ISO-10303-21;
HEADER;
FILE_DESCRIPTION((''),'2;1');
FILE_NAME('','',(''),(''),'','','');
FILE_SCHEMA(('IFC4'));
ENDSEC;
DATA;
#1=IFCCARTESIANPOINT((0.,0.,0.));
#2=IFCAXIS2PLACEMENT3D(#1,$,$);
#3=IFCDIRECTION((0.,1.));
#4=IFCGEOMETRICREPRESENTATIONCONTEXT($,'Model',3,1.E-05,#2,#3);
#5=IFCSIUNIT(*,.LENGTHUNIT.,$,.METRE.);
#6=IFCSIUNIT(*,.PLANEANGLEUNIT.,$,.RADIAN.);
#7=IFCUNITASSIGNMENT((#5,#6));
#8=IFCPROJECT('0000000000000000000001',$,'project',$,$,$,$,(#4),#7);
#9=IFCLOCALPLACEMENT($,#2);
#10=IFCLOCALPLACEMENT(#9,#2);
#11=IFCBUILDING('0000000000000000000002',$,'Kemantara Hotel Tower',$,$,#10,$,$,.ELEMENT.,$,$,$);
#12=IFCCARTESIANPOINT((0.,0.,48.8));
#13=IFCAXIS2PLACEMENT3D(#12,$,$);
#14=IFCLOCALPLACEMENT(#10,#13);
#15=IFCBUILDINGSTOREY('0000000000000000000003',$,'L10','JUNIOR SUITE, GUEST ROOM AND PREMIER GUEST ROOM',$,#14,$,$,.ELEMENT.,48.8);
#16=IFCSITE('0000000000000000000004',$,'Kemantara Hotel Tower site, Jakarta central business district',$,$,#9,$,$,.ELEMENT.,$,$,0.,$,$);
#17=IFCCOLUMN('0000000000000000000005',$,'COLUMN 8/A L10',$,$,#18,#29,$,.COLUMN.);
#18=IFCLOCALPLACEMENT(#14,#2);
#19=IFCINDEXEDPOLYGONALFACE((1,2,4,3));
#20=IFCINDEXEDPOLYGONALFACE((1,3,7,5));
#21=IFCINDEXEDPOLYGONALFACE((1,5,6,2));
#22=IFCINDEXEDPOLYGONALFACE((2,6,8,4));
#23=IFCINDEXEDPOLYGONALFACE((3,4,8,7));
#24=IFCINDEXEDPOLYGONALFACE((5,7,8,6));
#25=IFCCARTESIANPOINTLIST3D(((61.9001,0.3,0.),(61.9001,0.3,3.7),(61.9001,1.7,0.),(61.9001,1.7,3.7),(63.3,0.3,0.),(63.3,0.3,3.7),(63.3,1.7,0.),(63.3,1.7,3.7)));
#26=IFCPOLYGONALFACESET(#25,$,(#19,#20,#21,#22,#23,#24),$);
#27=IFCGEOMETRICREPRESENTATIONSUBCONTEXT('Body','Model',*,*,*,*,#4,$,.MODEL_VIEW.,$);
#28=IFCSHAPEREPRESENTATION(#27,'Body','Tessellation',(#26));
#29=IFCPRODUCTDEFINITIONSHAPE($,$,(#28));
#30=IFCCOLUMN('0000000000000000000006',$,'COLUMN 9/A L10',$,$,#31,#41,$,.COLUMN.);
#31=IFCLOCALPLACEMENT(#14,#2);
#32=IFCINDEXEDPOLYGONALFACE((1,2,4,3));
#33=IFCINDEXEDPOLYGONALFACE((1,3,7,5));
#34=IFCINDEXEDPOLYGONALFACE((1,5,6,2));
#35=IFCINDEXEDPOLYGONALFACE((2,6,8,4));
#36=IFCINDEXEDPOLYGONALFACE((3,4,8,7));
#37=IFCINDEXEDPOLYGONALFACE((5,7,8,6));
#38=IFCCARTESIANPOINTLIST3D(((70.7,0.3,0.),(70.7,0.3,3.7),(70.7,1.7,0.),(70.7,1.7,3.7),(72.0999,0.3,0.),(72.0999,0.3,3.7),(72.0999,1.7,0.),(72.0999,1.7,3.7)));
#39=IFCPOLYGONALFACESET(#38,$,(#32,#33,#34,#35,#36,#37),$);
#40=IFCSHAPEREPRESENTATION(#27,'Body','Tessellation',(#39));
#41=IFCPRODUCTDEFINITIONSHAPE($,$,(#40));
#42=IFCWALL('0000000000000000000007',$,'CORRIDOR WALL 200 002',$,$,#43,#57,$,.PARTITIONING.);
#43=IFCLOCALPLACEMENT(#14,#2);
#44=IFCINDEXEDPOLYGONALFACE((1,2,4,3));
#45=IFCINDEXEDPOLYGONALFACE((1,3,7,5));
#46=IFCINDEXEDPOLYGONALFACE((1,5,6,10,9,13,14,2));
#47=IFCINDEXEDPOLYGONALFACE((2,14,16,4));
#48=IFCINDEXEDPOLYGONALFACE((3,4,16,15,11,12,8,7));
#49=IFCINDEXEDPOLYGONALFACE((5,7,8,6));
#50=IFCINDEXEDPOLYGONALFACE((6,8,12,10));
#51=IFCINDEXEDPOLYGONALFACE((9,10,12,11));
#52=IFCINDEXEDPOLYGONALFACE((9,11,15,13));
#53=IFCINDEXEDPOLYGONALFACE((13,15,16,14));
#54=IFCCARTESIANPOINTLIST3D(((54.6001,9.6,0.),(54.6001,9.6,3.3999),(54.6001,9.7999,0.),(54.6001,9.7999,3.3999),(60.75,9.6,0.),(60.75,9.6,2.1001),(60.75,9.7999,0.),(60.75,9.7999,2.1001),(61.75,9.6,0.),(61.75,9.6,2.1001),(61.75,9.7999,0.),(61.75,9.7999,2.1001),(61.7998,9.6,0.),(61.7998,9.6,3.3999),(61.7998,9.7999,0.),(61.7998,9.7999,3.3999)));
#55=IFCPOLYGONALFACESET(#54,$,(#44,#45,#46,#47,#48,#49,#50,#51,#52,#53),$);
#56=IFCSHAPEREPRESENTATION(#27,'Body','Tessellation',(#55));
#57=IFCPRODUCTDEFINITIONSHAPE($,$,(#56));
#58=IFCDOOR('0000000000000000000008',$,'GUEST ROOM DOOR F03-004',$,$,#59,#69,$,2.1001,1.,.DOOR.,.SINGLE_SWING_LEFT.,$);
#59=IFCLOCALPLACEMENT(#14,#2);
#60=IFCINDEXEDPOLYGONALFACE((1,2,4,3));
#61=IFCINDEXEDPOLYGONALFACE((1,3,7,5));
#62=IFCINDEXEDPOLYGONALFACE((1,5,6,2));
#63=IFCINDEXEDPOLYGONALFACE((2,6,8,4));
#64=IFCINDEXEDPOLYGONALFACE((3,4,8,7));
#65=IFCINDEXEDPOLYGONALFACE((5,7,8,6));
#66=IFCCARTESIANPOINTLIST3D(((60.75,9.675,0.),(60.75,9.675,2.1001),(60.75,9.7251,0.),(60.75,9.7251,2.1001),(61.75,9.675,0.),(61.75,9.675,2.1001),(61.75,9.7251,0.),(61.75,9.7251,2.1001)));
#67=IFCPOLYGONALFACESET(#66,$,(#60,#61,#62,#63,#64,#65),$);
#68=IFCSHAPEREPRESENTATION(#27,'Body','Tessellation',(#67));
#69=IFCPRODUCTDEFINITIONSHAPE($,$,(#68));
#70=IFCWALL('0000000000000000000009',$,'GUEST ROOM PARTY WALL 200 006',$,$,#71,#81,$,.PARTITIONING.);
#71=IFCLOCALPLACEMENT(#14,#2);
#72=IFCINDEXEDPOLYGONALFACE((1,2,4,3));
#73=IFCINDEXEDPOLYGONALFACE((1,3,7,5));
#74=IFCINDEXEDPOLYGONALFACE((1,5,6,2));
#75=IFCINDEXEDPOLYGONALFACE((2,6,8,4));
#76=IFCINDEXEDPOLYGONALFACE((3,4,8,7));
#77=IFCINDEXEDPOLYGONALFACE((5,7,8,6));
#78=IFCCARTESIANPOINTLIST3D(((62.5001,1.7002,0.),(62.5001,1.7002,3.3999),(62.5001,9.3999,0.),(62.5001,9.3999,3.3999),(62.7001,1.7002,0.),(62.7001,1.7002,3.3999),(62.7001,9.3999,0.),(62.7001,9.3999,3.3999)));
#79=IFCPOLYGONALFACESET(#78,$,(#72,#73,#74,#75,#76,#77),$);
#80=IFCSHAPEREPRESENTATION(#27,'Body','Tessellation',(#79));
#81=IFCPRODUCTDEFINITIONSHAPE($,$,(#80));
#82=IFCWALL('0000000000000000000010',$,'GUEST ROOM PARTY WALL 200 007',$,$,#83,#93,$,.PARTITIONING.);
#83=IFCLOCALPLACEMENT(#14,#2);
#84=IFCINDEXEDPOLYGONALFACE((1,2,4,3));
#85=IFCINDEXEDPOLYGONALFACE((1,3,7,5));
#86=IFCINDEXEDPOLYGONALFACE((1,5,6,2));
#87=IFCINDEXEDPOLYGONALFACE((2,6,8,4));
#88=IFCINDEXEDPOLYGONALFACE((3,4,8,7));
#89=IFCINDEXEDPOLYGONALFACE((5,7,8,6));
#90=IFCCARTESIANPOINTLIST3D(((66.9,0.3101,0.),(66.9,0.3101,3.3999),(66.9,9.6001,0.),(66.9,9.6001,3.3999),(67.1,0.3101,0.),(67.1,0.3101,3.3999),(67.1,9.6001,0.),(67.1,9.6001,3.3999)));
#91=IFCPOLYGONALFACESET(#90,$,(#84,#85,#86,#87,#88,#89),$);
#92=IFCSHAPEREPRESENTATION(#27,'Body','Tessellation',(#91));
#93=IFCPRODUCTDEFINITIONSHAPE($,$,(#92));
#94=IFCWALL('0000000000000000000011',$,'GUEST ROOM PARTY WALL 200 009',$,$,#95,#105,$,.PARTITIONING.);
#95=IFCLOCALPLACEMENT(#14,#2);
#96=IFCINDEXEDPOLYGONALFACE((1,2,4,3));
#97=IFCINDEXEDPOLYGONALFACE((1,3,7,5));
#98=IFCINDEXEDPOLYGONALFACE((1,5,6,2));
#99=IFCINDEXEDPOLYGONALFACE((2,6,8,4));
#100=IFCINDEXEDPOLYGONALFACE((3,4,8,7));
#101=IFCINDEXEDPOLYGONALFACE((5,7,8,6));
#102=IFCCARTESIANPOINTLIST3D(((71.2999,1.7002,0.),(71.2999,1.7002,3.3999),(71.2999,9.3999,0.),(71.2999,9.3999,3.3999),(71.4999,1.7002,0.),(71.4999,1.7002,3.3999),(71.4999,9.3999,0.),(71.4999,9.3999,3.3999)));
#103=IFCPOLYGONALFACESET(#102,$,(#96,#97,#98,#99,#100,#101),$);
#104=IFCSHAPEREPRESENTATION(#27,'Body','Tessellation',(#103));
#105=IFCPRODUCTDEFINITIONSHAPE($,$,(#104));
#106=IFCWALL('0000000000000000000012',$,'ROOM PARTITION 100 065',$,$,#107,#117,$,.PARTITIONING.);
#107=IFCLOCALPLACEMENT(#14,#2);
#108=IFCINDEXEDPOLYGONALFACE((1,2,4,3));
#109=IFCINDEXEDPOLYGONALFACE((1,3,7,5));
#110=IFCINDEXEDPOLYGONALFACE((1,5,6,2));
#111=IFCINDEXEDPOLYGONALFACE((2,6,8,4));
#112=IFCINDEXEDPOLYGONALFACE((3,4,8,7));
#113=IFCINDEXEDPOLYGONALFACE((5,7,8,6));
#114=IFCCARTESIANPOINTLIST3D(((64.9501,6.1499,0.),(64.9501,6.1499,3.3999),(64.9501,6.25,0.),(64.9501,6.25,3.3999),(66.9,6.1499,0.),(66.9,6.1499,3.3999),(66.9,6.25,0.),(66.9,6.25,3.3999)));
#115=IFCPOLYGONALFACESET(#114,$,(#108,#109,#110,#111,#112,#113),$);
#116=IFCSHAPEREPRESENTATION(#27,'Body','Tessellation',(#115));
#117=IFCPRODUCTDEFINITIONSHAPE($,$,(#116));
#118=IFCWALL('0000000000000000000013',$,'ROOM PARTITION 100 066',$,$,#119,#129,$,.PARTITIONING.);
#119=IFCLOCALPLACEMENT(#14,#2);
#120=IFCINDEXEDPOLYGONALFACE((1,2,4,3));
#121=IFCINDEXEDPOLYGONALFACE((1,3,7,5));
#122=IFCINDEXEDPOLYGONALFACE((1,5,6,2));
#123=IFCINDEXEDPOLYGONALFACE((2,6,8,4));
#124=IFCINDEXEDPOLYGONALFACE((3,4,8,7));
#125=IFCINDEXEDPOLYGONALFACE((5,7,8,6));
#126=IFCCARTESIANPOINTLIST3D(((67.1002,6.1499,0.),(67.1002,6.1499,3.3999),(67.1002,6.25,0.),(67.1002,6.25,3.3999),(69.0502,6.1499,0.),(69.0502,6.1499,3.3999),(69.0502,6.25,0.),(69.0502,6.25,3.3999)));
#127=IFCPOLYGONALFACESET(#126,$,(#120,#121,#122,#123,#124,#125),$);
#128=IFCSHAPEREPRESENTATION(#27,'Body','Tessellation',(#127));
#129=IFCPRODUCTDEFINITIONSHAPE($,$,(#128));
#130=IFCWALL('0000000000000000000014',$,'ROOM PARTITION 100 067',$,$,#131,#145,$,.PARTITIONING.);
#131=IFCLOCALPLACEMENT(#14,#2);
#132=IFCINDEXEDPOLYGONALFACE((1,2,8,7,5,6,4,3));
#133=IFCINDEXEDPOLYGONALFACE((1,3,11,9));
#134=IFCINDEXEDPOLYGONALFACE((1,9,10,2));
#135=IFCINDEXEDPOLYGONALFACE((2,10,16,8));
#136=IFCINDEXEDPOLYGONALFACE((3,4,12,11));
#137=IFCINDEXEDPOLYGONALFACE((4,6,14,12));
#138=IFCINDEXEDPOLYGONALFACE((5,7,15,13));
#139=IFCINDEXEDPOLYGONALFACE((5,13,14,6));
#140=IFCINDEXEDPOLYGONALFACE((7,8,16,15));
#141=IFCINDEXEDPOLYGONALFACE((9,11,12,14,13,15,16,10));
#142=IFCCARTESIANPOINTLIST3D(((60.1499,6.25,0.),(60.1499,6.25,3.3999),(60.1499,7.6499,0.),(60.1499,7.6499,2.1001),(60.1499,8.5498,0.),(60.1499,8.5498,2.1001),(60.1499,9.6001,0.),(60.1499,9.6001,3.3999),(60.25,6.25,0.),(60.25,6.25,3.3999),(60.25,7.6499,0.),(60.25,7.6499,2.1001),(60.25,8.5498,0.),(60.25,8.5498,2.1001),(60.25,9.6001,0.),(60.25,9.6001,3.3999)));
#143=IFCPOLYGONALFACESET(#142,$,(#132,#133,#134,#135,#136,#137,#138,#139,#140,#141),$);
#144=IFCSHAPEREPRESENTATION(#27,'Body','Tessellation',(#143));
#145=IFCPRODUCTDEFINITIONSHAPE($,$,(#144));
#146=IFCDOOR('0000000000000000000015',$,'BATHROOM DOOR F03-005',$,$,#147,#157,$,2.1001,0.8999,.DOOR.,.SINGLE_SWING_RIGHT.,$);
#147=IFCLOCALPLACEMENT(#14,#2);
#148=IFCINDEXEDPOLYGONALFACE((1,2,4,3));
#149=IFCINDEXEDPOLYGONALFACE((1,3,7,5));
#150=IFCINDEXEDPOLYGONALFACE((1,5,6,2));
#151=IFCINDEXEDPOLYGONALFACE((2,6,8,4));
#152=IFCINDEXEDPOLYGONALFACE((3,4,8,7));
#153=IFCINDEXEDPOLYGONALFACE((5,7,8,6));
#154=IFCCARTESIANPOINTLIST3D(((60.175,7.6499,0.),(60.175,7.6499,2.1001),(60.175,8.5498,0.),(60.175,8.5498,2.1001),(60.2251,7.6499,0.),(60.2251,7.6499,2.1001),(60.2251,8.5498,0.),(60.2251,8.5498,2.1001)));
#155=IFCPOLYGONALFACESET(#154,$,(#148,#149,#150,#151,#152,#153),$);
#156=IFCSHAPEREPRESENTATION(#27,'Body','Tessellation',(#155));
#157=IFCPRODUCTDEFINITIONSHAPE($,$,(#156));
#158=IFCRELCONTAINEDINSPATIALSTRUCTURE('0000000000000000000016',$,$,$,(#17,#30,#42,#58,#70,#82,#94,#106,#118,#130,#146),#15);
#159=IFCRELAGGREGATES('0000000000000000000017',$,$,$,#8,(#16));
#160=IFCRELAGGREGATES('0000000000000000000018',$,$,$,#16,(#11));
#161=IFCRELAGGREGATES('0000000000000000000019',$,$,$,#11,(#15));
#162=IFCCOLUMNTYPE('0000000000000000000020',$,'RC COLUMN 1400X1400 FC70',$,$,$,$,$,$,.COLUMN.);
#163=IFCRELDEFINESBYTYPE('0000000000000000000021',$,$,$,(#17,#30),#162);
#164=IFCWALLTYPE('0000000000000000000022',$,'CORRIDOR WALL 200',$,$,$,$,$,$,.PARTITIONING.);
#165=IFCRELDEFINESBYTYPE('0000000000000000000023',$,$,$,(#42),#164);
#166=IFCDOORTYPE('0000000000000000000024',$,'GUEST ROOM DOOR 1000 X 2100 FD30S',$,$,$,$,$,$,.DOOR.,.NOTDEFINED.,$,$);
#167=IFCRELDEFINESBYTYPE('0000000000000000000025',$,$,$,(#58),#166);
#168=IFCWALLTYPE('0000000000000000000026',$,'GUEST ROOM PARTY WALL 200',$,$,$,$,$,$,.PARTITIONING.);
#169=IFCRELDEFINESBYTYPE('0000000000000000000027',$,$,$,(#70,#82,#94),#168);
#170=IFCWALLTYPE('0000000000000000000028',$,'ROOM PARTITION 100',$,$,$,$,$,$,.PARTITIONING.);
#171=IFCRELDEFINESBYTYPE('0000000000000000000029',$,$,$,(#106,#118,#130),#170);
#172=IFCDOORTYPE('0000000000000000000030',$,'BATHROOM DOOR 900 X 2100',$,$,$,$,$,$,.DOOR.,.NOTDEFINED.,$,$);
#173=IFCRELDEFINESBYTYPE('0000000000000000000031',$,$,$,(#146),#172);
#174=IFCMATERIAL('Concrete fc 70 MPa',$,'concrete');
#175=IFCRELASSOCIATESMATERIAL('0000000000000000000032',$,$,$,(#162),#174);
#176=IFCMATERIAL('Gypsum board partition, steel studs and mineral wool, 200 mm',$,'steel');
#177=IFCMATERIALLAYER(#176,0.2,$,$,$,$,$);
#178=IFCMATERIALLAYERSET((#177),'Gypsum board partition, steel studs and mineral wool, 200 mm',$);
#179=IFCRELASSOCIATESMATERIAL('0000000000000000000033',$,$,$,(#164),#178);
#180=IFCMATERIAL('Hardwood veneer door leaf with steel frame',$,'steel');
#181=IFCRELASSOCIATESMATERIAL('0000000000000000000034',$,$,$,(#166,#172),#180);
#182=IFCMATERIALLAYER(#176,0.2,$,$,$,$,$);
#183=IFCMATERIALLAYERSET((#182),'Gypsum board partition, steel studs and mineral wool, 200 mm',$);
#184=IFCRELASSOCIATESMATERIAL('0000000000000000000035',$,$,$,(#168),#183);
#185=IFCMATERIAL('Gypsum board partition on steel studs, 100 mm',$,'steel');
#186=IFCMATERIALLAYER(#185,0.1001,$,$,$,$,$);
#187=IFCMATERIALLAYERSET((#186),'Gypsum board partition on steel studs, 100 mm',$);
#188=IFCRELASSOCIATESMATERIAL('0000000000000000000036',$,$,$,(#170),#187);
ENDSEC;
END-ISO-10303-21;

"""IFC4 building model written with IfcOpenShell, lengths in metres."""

from ifc_helpers import new_model, si_unit, direction, frame, frame_2d, origin, origin_2d, place, context, subcontext, project, spatial, rectangle, extrude, material, layer, layer_set, material_profile, profile_set, type_object, element, fill, save


model = new_model("IFC4")

# Units and contexts
model_context = context("Model", 3, precision=1e-05, world=origin(), true_north=direction((0.0, 1.0)))
body_context = subcontext(model_context, "Body", "Model", "MODEL_VIEW")
ifc_project = project(units=[si_unit("LENGTHUNIT", "METRE"), si_unit("PLANEANGLEUNIT", "RADIAN")], contexts=[model_context])

# Site, building, storey
site_placement = place(None, origin())
site = spatial("IfcSite", under=ifc_project, at=site_placement, Name="Kemantara Hotel Tower site, Jakarta central business district", CompositionType="ELEMENT", RefElevation=0.0)
building_placement = place(site_placement, origin())
building = spatial("IfcBuilding", under=site, at=building_placement, Name="Kemantara Hotel Tower", CompositionType="ELEMENT")
storey_placement = place(building_placement, frame((0.0, 0.0, 48.8)))
storey = spatial("IfcBuildingStorey", under=building, at=storey_placement, Name="L10", Description="JUNIOR SUITE, GUEST ROOM AND PREMIER GUEST ROOM", CompositionType="ELEMENT", Elevation=48.8)

# Columns
ifc_material_1 = material(Name="Concrete fc 70 MPa", Category="concrete")
ifc_material_profile = material_profile(ifc_material_1, rectangle(XDim=1.3999, YDim=1.3999, at=origin_2d()), Name="RC 1400X1400")
ifc_profile_set = profile_set([ifc_material_profile], Name="Concrete fc 70 MPa")
column_type = type_object("IfcColumnType", Name="RC COLUMN 1400X1400 FC70", PredefinedType="COLUMN", material=ifc_profile_set)
for number, where, z_axis, x_axis, name in (
    (1, (62.6001, 1.0, 0.0), (0.0, 0.0, 1.0), (1.0, 0.0, 0.0), "COLUMN 8/A L10"),
    (2, (71.3999, 1.0, 0.0), (0.0, 0.0, 1.0), (1.0, 0.0, 0.0), "COLUMN 9/A L10"),
):
    element("IfcColumn", number, at=place(storey_placement, frame(where, z_axis=z_axis, x_axis=x_axis)), inside=storey, type_object=column_type, Name=name, PredefinedType="COLUMN", context=body_context, shape_type="SweptSolid", body=[
        extrude(rectangle(XDim=1.3999, YDim=1.3999, at=origin_2d()), origin(), (0.0, 0.0, 1.0), 3.7),
    ])

# Wall, opening, door
ifc_material_2 = material(Name="Gypsum board partition, steel studs and mineral wool, 200 mm", Category="steel")
ifc_layer_1 = layer(ifc_material_2, 0.2)
ifc_layer_set_1 = layer_set([ifc_layer_1], Name="Gypsum board partition, steel studs and mineral wool, 200 mm")
wall_type_1 = type_object("IfcWallType", Name="CORRIDOR WALL 200", PredefinedType="PARTITIONING", material=ifc_layer_set_1)
wall_1_placement = place(storey_placement, frame((61.7998, 9.7, 0.0), z_axis=(0.0, 0.0, 1.0), x_axis=(-1.0, 0.0, 0.0)))
wall_1 = element("IfcWall", 3, at=wall_1_placement, inside=storey, type_object=wall_type_1, Name="CORRIDOR WALL 200 002", PredefinedType="PARTITIONING", context=body_context, shape_type="SweptSolid", body=[
    extrude(rectangle(XDim=7.1997, YDim=0.2, at=frame_2d((3.5999, 0.0))), origin(), (0.0, 0.0, 1.0), 3.3999),
])
opening_1_placement = place(wall_1_placement, frame((0.0498, 0.0, 0.0)))
opening_1 = element("IfcOpeningElement", 4, at=opening_1_placement, cuts=wall_1, PredefinedType="OPENING", context=body_context, shape_type="SweptSolid", body=[
    extrude(rectangle(XDim=1.0, YDim=2.1001, at=frame_2d((0.5, 1.05))), frame((0.0, 0.1099, 0.0), z_axis=(0.0, -1.0, 0.0), x_axis=(1.0, 0.0, 0.0)), (0.0, 0.0, 1.0), 0.22),
])
ifc_material_3 = material(Name="Hardwood veneer door leaf with steel frame", Category="steel")
door_type_1 = type_object("IfcDoorType", Name="GUEST ROOM DOOR 1000 X 2100 FD30S", OperationType="NOTDEFINED", PredefinedType="DOOR", material=ifc_material_3)
door_1_placement = place(opening_1_placement, origin())
door_1 = element("IfcDoor", 5, at=door_1_placement, inside=storey, type_object=door_type_1, Name="GUEST ROOM DOOR F03-004", OperationType="SINGLE_SWING_LEFT", OverallHeight=2.1001, OverallWidth=1.0, PredefinedType="DOOR", context=body_context, shape_type="SweptSolid", body=[
    extrude(rectangle(XDim=1.0, YDim=2.1001, at=frame_2d((0.5, 1.05))), frame((0.0, 0.0249, 0.0), z_axis=(0.0, -1.0, 0.0), x_axis=(1.0, 0.0, 0.0)), (0.0, 0.0, 1.0), 0.05),
])
fill(opening_1, door_1)

# Walls
ifc_layer_2 = layer(ifc_material_2, 0.2)
ifc_layer_set_2 = layer_set([ifc_layer_2], Name="Gypsum board partition, steel studs and mineral wool, 200 mm")
wall_type_2 = type_object("IfcWallType", Name="GUEST ROOM PARTY WALL 200", PredefinedType="PARTITIONING", material=ifc_layer_set_2)
wall_2_placement = place(storey_placement, frame((62.6001, 1.7002, 0.0), z_axis=(0.0, 0.0, 1.0), x_axis=(0.0, 1.0, 0.0)))
element("IfcWall", 6, at=wall_2_placement, inside=storey, type_object=wall_type_2, Name="GUEST ROOM PARTY WALL 200 006", PredefinedType="PARTITIONING", context=body_context, shape_type="SweptSolid", body=[
    extrude(rectangle(XDim=7.6997, YDim=0.2, at=frame_2d((3.8499, 0.0))), origin(), (0.0, 0.0, 1.0), 3.3999),
])
wall_3_placement = place(storey_placement, frame((67.0, 0.3101, 0.0), z_axis=(0.0, 0.0, 1.0), x_axis=(0.0, 1.0, 0.0)))
element("IfcWall", 7, at=wall_3_placement, inside=storey, type_object=wall_type_2, Name="GUEST ROOM PARTY WALL 200 007", PredefinedType="PARTITIONING", context=body_context, shape_type="SweptSolid", body=[
    extrude(rectangle(XDim=9.29, YDim=0.2, at=frame_2d((4.645, 0.0))), origin(), (0.0, 0.0, 1.0), 3.3999),
])
wall_4_placement = place(storey_placement, frame((71.3999, 1.7002, 0.0), z_axis=(0.0, 0.0, 1.0), x_axis=(0.0, 1.0, 0.0)))
element("IfcWall", 8, at=wall_4_placement, inside=storey, type_object=wall_type_2, Name="GUEST ROOM PARTY WALL 200 009", PredefinedType="PARTITIONING", context=body_context, shape_type="SweptSolid", body=[
    extrude(rectangle(XDim=7.6997, YDim=0.2, at=frame_2d((3.8499, 0.0))), origin(), (0.0, 0.0, 1.0), 3.3999),
])
ifc_material_4 = material(Name="Gypsum board partition on steel studs, 100 mm", Category="steel")
ifc_layer_3 = layer(ifc_material_4, 0.1001)
ifc_layer_set_3 = layer_set([ifc_layer_3], Name="Gypsum board partition on steel studs, 100 mm")
wall_type_3 = type_object("IfcWallType", Name="ROOM PARTITION 100", PredefinedType="PARTITIONING", material=ifc_layer_set_3)
for number, where, z_axis, x_axis, name in (
    (9, (64.95, 6.2, 0.0), (0.0, 0.0, 1.0), (1.0, 0.0, 0.0), "ROOM PARTITION 100 065"),
    (10, (67.1001, 6.2, 0.0), (0.0, 0.0, 1.0), (1.0, 0.0, 0.0), "ROOM PARTITION 100 066"),
):
    element("IfcWall", number, at=place(storey_placement, frame(where, z_axis=z_axis, x_axis=x_axis)), inside=storey, type_object=wall_type_3, Name=name, PredefinedType="PARTITIONING", context=body_context, shape_type="SweptSolid", body=[
        extrude(rectangle(XDim=1.95, YDim=0.1001, at=frame_2d((0.9751, 0.0))), origin(), (0.0, 0.0, 1.0), 3.3999),
    ])

# Wall, opening, door
wall_5_placement = place(storey_placement, frame((60.2, 6.25, 0.0), z_axis=(0.0, 0.0, 1.0), x_axis=(0.0, 1.0, 0.0)))
wall_5 = element("IfcWall", 11, at=wall_5_placement, inside=storey, type_object=wall_type_3, Name="ROOM PARTITION 100 067", PredefinedType="PARTITIONING", context=body_context, shape_type="SweptSolid", body=[
    extrude(rectangle(XDim=3.3501, YDim=0.1001, at=frame_2d((1.675, 0.0))), origin(), (0.0, 0.0, 1.0), 3.3999),
])
opening_2_placement = place(wall_5_placement, frame((1.3999, 0.0, 0.0)))
opening_2 = element("IfcOpeningElement", 12, at=opening_2_placement, cuts=wall_5, PredefinedType="OPENING", context=body_context, shape_type="SweptSolid", body=[
    extrude(rectangle(XDim=0.8999, YDim=2.1001, at=frame_2d((0.45, 1.05))), frame((0.0, 0.0601, 0.0), z_axis=(0.0, -1.0, 0.0), x_axis=(1.0, 0.0, 0.0)), (0.0, 0.0, 1.0), 0.1201),
])
door_type_2 = type_object("IfcDoorType", Name="BATHROOM DOOR 900 X 2100", OperationType="NOTDEFINED", PredefinedType="DOOR", material=ifc_material_3)
door_2_placement = place(opening_2_placement, origin())
door_2 = element("IfcDoor", 13, at=door_2_placement, inside=storey, type_object=door_type_2, Name="BATHROOM DOOR F03-005", OperationType="SINGLE_SWING_RIGHT", OverallHeight=2.1001, OverallWidth=0.8999, PredefinedType="DOOR", context=body_context, shape_type="SweptSolid", body=[
    extrude(rectangle(XDim=0.8999, YDim=2.1001, at=frame_2d((0.45, 1.05))), frame((0.0, 0.0249, 0.0), z_axis=(0.0, -1.0, 0.0), x_axis=(1.0, 0.0, 0.0)), (0.0, 0.0, 1.0), 0.05),
])
fill(opening_2, door_2)

save(model, "model.ifc")
